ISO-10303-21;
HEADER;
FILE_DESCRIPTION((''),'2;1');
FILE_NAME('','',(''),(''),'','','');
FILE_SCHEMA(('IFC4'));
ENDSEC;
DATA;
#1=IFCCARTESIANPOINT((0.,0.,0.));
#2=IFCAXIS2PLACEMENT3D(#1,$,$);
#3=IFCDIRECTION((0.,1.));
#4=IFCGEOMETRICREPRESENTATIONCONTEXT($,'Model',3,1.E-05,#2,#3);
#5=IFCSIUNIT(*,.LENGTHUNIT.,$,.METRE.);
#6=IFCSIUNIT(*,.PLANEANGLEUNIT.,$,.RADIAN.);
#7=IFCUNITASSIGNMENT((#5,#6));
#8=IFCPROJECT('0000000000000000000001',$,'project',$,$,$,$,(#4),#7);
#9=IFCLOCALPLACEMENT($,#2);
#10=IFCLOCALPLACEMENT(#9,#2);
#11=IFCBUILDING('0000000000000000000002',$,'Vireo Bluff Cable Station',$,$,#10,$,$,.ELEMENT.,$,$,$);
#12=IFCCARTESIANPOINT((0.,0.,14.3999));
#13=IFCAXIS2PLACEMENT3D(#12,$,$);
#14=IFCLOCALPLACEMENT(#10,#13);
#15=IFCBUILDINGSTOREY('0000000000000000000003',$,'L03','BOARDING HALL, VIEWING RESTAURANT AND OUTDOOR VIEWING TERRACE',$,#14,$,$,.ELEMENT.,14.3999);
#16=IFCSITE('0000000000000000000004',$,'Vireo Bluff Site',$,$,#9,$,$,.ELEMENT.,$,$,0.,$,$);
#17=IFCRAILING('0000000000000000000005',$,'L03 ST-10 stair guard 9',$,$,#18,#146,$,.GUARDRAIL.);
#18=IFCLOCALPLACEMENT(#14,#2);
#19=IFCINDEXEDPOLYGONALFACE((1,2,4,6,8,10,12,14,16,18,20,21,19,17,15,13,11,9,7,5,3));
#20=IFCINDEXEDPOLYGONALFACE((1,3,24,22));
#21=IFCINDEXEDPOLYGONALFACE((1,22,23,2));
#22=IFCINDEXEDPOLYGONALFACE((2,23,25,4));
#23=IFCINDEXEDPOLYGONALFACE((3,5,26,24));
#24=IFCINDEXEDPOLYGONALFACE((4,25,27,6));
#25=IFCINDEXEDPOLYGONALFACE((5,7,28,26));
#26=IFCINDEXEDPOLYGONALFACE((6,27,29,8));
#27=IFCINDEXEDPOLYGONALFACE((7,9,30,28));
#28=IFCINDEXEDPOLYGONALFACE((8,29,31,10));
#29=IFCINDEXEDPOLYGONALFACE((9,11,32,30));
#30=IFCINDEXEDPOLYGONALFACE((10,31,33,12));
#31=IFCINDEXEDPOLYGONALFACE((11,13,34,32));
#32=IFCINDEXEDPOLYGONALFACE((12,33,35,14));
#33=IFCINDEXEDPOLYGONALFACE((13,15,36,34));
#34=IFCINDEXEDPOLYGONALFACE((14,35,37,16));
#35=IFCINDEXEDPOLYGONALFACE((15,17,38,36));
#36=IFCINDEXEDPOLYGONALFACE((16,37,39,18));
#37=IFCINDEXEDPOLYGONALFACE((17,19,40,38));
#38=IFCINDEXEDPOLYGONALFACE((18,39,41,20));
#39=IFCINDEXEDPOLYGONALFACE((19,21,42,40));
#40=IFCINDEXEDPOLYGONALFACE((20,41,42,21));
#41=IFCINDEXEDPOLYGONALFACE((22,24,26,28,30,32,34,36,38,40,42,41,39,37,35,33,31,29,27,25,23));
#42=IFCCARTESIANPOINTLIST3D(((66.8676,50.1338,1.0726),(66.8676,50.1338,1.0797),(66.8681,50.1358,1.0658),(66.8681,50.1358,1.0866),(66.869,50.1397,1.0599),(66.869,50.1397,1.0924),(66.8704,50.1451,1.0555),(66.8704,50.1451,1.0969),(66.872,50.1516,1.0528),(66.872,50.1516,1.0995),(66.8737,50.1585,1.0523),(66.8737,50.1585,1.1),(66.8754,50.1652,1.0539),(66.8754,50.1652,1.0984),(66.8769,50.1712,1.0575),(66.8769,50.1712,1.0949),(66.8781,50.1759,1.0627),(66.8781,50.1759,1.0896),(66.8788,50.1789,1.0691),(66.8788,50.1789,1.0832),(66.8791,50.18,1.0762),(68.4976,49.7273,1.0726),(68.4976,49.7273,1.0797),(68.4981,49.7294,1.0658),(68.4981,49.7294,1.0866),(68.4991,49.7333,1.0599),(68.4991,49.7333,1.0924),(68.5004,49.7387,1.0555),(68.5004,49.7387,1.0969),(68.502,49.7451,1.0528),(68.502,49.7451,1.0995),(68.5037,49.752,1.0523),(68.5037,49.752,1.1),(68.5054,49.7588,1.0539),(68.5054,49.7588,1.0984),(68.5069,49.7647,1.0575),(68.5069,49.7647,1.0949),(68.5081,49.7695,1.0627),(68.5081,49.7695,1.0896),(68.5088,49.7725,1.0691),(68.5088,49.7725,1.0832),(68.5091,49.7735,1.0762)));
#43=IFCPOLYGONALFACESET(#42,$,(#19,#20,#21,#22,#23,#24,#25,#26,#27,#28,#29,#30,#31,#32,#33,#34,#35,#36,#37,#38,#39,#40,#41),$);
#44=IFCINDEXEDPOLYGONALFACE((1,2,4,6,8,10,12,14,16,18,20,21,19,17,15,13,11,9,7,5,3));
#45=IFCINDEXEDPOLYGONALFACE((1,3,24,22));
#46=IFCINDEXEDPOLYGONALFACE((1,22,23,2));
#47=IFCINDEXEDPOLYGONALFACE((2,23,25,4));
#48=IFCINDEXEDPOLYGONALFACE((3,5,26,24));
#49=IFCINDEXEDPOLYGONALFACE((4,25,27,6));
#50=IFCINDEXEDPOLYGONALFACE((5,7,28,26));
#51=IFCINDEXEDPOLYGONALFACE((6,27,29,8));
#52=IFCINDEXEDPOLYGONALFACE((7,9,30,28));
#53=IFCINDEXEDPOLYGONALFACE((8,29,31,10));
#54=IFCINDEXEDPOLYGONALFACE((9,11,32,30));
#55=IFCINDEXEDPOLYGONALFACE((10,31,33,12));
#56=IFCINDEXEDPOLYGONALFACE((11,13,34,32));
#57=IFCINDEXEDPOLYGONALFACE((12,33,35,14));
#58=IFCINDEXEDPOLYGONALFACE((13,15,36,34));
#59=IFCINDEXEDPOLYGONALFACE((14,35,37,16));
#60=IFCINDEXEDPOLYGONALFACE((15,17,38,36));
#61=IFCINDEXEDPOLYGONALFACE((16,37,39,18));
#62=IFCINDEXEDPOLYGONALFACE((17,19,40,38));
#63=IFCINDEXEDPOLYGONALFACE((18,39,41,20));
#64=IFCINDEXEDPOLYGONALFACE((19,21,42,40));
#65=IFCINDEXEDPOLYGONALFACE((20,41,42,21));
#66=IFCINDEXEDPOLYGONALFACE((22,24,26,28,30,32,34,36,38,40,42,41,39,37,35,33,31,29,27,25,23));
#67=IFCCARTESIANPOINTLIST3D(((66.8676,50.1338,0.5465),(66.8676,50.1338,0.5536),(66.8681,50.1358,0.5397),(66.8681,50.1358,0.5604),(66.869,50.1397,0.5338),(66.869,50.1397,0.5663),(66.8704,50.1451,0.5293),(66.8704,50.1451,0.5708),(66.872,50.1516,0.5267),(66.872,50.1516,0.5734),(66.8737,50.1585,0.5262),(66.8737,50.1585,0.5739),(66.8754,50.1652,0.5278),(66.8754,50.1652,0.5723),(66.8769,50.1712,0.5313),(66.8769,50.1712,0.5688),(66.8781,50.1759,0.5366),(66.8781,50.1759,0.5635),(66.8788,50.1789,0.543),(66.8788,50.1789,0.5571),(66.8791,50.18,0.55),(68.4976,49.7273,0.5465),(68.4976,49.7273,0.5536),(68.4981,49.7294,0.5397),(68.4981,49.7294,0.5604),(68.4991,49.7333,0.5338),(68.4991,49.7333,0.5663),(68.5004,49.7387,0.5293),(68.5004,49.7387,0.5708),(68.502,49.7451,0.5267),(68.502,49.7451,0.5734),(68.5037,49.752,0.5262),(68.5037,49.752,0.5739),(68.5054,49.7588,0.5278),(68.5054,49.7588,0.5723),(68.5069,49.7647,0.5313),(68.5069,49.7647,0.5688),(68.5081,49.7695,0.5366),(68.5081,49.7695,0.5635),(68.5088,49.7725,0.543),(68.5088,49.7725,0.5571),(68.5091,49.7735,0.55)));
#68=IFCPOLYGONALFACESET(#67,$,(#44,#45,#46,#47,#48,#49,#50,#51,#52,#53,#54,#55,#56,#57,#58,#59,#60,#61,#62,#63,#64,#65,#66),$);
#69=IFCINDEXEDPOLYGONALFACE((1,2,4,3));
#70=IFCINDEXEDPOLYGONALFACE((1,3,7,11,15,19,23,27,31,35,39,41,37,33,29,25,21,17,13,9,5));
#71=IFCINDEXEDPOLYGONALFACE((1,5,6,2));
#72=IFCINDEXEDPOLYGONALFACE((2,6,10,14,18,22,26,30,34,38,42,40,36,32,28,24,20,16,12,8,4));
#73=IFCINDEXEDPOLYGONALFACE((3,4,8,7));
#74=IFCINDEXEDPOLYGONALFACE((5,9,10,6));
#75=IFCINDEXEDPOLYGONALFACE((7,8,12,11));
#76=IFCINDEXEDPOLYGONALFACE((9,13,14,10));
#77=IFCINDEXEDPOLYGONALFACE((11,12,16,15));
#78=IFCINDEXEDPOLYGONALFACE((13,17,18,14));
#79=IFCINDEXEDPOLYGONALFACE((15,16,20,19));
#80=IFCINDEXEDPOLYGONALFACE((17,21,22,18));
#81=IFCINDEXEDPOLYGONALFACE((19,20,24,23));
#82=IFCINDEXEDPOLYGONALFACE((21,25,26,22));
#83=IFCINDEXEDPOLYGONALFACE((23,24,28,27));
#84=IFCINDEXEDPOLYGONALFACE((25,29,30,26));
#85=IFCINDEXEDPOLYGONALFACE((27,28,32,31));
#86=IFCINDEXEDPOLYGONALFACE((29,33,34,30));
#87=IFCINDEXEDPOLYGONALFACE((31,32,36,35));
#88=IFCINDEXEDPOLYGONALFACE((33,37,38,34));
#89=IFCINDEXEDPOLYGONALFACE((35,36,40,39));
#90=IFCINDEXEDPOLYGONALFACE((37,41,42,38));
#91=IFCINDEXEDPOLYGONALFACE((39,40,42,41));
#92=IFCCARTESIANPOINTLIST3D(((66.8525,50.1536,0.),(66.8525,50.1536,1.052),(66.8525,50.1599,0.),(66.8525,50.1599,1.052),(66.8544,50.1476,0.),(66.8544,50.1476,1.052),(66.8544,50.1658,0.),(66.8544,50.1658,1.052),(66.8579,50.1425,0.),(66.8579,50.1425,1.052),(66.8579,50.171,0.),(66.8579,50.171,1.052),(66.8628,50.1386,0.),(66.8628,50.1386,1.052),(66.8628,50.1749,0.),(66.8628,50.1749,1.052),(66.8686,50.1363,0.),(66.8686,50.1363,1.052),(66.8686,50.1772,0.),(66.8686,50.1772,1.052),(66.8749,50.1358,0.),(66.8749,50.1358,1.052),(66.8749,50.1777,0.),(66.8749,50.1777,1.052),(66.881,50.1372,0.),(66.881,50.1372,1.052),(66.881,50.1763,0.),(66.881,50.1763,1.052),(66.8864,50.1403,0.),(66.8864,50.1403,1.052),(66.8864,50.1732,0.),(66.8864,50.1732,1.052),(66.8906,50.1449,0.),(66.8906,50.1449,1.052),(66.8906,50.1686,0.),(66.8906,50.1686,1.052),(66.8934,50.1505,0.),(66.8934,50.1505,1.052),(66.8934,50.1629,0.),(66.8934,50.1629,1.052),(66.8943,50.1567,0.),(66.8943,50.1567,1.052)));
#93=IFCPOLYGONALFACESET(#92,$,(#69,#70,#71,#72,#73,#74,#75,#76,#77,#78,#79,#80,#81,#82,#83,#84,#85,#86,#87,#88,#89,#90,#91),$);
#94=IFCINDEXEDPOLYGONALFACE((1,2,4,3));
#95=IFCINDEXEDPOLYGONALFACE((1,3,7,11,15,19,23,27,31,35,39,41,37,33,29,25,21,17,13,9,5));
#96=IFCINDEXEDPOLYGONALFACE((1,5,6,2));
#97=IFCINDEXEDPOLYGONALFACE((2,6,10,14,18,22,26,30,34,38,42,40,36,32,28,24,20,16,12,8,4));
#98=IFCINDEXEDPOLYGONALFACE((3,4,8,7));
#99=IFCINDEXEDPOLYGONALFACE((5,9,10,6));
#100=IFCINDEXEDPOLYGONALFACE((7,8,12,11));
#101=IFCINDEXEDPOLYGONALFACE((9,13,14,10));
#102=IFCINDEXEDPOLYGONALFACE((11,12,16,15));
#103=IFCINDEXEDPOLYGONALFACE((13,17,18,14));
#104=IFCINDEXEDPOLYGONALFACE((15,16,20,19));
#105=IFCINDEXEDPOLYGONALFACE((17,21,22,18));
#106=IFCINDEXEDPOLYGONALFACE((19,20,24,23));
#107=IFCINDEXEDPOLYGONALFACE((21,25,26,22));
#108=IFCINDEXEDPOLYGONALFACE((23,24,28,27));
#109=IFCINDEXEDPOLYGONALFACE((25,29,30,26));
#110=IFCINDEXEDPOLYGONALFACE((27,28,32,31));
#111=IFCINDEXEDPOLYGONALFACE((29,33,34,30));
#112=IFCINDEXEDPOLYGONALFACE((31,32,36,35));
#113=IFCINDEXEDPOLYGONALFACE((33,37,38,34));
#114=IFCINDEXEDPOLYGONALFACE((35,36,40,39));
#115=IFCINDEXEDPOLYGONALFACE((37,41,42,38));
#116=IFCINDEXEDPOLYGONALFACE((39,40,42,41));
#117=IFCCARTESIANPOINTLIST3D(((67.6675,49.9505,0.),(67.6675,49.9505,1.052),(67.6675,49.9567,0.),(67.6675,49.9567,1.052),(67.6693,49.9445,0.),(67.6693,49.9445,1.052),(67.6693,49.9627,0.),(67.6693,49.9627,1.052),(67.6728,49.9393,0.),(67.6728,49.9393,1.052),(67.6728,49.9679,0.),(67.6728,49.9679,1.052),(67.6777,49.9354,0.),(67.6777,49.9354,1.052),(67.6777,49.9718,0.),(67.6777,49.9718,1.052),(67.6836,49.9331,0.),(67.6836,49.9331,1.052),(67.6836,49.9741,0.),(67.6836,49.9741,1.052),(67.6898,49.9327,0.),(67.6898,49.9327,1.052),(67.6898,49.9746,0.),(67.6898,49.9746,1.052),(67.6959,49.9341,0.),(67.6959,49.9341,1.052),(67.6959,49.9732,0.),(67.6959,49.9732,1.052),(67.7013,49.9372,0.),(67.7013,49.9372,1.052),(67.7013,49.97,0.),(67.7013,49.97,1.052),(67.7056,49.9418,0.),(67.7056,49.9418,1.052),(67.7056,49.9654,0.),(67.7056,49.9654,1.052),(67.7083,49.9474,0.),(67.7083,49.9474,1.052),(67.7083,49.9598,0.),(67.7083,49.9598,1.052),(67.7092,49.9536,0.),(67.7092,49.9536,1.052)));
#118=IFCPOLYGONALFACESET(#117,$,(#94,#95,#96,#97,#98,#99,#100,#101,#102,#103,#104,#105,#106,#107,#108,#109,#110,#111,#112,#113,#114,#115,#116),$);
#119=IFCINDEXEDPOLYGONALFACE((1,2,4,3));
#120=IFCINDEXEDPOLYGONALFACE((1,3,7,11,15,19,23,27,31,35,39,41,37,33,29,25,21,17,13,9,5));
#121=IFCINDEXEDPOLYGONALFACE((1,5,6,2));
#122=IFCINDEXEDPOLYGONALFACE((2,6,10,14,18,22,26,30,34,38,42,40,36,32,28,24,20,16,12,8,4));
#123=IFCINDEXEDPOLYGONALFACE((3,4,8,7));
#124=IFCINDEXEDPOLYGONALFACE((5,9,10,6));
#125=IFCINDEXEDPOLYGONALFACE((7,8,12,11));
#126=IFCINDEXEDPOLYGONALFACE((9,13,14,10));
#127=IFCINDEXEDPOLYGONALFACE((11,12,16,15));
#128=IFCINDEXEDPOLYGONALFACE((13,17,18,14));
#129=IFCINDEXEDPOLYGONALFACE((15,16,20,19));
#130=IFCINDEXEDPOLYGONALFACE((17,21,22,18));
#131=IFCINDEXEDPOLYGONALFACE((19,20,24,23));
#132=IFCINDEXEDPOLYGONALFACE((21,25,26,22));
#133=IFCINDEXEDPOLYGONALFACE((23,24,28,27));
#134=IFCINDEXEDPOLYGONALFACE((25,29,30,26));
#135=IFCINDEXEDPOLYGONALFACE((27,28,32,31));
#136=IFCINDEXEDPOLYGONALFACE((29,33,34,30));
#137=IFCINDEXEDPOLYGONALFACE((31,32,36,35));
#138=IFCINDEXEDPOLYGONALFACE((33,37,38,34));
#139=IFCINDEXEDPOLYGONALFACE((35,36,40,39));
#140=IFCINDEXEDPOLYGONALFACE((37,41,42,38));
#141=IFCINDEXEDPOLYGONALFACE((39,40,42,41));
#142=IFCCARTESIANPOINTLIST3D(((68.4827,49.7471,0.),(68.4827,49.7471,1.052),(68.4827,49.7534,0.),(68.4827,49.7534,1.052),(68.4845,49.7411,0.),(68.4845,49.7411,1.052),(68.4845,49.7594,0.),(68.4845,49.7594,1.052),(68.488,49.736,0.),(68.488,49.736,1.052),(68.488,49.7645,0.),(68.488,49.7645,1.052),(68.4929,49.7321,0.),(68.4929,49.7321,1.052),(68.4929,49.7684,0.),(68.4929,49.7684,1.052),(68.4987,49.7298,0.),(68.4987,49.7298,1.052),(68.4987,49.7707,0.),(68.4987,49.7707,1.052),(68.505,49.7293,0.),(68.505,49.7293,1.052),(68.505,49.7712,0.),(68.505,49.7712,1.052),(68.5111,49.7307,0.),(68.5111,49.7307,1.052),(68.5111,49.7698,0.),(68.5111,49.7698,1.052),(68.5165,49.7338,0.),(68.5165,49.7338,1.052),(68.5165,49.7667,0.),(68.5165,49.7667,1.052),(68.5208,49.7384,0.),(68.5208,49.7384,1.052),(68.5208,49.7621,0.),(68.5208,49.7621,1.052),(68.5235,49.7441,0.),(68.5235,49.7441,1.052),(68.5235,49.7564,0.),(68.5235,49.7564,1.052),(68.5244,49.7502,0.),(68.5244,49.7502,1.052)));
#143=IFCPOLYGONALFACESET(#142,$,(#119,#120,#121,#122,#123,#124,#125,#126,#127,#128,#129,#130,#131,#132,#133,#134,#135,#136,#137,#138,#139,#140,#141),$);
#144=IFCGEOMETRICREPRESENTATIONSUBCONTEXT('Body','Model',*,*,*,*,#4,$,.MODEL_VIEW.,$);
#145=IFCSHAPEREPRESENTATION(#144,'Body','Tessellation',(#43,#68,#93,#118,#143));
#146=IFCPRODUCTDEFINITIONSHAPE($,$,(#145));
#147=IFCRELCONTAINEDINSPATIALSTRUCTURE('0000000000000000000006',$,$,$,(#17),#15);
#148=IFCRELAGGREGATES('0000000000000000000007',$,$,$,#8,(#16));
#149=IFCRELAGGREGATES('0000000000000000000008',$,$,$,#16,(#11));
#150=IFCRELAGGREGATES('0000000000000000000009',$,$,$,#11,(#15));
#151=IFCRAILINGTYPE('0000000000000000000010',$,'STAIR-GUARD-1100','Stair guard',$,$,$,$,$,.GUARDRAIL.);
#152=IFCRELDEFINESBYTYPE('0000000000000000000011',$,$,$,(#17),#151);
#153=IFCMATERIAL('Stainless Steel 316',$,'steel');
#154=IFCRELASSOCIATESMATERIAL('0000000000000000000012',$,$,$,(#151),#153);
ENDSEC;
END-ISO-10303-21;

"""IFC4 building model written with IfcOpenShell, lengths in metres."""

from ifc_helpers import new_model, si_unit, direction, frame, origin, origin_2d, place, context, subcontext, project, spatial, circle, extrude, material, type_object, element, save


model = new_model("IFC4")

# Units and contexts
model_context = context("Model", 3, precision=1e-05, world=origin(), true_north=direction((0.0, 1.0)))
body_context = subcontext(model_context, "Body", "Model", "MODEL_VIEW")
ifc_project = project(units=[si_unit("LENGTHUNIT", "METRE"), si_unit("PLANEANGLEUNIT", "RADIAN")], contexts=[model_context])

# Site, building, storey
site_placement = place(None, origin())
site = spatial("IfcSite", under=ifc_project, at=site_placement, Name="Vireo Bluff Site", CompositionType="ELEMENT", RefElevation=0.0)
building_placement = place(site_placement, origin())
building = spatial("IfcBuilding", under=site, at=building_placement, Name="Vireo Bluff Cable Station", CompositionType="ELEMENT")
storey_placement = place(building_placement, frame((0.0, 0.0, 14.3999)))
storey = spatial("IfcBuildingStorey", under=building, at=storey_placement, Name="L03", Description="BOARDING HALL, VIEWING RESTAURANT AND OUTDOOR VIEWING TERRACE", CompositionType="ELEMENT", Elevation=14.3999)

# Railing
ifc_material_1 = material(Name="Stainless Steel 316", Category="steel")
railing_type_1 = type_object("IfcRailingType", Name="STAIR-GUARD-1100", Description="Stair guard", PredefinedType="GUARDRAIL", material=ifc_material_1)
railing_1_placement = place(storey_placement, frame((66.8733, 50.1567, 0.0)))
element("IfcRailing", 1, at=railing_1_placement, inside=storey, type_object=railing_type_1, Name="L03 ST-10 stair guard 9", PredefinedType="GUARDRAIL", context=body_context, shape_type="SweptSolid", body=[
    extrude(circle(Radius=0.0239, at=origin_2d()), frame((0.0, 0.0, 1.0762), z_axis=(0.970288, -0.241954, 0.0), x_axis=(0.241954, 0.970288, 0.0)), (0.0, 0.0, 1.0), 1.6799),
    extrude(circle(Radius=0.0239, at=origin_2d()), frame((0.0, 0.0, 0.55), z_axis=(0.970288, -0.241954, 0.0), x_axis=(0.241954, 0.970288, 0.0)), (0.0, 0.0, 1.0), 1.6799),
    extrude(circle(Radius=0.021, at=origin_2d()), origin(), (0.0, 0.0, 1.0), 1.052),
    extrude(circle(Radius=0.021, at=origin_2d()), frame((0.8149, -0.2031, 0.0)), (0.0, 0.0, 1.0), 1.052),
    extrude(circle(Radius=0.021, at=origin_2d()), frame((1.6301, -0.4065, 0.0)), (0.0, 0.0, 1.0), 1.052),
])

save(model, "model.ifc")
